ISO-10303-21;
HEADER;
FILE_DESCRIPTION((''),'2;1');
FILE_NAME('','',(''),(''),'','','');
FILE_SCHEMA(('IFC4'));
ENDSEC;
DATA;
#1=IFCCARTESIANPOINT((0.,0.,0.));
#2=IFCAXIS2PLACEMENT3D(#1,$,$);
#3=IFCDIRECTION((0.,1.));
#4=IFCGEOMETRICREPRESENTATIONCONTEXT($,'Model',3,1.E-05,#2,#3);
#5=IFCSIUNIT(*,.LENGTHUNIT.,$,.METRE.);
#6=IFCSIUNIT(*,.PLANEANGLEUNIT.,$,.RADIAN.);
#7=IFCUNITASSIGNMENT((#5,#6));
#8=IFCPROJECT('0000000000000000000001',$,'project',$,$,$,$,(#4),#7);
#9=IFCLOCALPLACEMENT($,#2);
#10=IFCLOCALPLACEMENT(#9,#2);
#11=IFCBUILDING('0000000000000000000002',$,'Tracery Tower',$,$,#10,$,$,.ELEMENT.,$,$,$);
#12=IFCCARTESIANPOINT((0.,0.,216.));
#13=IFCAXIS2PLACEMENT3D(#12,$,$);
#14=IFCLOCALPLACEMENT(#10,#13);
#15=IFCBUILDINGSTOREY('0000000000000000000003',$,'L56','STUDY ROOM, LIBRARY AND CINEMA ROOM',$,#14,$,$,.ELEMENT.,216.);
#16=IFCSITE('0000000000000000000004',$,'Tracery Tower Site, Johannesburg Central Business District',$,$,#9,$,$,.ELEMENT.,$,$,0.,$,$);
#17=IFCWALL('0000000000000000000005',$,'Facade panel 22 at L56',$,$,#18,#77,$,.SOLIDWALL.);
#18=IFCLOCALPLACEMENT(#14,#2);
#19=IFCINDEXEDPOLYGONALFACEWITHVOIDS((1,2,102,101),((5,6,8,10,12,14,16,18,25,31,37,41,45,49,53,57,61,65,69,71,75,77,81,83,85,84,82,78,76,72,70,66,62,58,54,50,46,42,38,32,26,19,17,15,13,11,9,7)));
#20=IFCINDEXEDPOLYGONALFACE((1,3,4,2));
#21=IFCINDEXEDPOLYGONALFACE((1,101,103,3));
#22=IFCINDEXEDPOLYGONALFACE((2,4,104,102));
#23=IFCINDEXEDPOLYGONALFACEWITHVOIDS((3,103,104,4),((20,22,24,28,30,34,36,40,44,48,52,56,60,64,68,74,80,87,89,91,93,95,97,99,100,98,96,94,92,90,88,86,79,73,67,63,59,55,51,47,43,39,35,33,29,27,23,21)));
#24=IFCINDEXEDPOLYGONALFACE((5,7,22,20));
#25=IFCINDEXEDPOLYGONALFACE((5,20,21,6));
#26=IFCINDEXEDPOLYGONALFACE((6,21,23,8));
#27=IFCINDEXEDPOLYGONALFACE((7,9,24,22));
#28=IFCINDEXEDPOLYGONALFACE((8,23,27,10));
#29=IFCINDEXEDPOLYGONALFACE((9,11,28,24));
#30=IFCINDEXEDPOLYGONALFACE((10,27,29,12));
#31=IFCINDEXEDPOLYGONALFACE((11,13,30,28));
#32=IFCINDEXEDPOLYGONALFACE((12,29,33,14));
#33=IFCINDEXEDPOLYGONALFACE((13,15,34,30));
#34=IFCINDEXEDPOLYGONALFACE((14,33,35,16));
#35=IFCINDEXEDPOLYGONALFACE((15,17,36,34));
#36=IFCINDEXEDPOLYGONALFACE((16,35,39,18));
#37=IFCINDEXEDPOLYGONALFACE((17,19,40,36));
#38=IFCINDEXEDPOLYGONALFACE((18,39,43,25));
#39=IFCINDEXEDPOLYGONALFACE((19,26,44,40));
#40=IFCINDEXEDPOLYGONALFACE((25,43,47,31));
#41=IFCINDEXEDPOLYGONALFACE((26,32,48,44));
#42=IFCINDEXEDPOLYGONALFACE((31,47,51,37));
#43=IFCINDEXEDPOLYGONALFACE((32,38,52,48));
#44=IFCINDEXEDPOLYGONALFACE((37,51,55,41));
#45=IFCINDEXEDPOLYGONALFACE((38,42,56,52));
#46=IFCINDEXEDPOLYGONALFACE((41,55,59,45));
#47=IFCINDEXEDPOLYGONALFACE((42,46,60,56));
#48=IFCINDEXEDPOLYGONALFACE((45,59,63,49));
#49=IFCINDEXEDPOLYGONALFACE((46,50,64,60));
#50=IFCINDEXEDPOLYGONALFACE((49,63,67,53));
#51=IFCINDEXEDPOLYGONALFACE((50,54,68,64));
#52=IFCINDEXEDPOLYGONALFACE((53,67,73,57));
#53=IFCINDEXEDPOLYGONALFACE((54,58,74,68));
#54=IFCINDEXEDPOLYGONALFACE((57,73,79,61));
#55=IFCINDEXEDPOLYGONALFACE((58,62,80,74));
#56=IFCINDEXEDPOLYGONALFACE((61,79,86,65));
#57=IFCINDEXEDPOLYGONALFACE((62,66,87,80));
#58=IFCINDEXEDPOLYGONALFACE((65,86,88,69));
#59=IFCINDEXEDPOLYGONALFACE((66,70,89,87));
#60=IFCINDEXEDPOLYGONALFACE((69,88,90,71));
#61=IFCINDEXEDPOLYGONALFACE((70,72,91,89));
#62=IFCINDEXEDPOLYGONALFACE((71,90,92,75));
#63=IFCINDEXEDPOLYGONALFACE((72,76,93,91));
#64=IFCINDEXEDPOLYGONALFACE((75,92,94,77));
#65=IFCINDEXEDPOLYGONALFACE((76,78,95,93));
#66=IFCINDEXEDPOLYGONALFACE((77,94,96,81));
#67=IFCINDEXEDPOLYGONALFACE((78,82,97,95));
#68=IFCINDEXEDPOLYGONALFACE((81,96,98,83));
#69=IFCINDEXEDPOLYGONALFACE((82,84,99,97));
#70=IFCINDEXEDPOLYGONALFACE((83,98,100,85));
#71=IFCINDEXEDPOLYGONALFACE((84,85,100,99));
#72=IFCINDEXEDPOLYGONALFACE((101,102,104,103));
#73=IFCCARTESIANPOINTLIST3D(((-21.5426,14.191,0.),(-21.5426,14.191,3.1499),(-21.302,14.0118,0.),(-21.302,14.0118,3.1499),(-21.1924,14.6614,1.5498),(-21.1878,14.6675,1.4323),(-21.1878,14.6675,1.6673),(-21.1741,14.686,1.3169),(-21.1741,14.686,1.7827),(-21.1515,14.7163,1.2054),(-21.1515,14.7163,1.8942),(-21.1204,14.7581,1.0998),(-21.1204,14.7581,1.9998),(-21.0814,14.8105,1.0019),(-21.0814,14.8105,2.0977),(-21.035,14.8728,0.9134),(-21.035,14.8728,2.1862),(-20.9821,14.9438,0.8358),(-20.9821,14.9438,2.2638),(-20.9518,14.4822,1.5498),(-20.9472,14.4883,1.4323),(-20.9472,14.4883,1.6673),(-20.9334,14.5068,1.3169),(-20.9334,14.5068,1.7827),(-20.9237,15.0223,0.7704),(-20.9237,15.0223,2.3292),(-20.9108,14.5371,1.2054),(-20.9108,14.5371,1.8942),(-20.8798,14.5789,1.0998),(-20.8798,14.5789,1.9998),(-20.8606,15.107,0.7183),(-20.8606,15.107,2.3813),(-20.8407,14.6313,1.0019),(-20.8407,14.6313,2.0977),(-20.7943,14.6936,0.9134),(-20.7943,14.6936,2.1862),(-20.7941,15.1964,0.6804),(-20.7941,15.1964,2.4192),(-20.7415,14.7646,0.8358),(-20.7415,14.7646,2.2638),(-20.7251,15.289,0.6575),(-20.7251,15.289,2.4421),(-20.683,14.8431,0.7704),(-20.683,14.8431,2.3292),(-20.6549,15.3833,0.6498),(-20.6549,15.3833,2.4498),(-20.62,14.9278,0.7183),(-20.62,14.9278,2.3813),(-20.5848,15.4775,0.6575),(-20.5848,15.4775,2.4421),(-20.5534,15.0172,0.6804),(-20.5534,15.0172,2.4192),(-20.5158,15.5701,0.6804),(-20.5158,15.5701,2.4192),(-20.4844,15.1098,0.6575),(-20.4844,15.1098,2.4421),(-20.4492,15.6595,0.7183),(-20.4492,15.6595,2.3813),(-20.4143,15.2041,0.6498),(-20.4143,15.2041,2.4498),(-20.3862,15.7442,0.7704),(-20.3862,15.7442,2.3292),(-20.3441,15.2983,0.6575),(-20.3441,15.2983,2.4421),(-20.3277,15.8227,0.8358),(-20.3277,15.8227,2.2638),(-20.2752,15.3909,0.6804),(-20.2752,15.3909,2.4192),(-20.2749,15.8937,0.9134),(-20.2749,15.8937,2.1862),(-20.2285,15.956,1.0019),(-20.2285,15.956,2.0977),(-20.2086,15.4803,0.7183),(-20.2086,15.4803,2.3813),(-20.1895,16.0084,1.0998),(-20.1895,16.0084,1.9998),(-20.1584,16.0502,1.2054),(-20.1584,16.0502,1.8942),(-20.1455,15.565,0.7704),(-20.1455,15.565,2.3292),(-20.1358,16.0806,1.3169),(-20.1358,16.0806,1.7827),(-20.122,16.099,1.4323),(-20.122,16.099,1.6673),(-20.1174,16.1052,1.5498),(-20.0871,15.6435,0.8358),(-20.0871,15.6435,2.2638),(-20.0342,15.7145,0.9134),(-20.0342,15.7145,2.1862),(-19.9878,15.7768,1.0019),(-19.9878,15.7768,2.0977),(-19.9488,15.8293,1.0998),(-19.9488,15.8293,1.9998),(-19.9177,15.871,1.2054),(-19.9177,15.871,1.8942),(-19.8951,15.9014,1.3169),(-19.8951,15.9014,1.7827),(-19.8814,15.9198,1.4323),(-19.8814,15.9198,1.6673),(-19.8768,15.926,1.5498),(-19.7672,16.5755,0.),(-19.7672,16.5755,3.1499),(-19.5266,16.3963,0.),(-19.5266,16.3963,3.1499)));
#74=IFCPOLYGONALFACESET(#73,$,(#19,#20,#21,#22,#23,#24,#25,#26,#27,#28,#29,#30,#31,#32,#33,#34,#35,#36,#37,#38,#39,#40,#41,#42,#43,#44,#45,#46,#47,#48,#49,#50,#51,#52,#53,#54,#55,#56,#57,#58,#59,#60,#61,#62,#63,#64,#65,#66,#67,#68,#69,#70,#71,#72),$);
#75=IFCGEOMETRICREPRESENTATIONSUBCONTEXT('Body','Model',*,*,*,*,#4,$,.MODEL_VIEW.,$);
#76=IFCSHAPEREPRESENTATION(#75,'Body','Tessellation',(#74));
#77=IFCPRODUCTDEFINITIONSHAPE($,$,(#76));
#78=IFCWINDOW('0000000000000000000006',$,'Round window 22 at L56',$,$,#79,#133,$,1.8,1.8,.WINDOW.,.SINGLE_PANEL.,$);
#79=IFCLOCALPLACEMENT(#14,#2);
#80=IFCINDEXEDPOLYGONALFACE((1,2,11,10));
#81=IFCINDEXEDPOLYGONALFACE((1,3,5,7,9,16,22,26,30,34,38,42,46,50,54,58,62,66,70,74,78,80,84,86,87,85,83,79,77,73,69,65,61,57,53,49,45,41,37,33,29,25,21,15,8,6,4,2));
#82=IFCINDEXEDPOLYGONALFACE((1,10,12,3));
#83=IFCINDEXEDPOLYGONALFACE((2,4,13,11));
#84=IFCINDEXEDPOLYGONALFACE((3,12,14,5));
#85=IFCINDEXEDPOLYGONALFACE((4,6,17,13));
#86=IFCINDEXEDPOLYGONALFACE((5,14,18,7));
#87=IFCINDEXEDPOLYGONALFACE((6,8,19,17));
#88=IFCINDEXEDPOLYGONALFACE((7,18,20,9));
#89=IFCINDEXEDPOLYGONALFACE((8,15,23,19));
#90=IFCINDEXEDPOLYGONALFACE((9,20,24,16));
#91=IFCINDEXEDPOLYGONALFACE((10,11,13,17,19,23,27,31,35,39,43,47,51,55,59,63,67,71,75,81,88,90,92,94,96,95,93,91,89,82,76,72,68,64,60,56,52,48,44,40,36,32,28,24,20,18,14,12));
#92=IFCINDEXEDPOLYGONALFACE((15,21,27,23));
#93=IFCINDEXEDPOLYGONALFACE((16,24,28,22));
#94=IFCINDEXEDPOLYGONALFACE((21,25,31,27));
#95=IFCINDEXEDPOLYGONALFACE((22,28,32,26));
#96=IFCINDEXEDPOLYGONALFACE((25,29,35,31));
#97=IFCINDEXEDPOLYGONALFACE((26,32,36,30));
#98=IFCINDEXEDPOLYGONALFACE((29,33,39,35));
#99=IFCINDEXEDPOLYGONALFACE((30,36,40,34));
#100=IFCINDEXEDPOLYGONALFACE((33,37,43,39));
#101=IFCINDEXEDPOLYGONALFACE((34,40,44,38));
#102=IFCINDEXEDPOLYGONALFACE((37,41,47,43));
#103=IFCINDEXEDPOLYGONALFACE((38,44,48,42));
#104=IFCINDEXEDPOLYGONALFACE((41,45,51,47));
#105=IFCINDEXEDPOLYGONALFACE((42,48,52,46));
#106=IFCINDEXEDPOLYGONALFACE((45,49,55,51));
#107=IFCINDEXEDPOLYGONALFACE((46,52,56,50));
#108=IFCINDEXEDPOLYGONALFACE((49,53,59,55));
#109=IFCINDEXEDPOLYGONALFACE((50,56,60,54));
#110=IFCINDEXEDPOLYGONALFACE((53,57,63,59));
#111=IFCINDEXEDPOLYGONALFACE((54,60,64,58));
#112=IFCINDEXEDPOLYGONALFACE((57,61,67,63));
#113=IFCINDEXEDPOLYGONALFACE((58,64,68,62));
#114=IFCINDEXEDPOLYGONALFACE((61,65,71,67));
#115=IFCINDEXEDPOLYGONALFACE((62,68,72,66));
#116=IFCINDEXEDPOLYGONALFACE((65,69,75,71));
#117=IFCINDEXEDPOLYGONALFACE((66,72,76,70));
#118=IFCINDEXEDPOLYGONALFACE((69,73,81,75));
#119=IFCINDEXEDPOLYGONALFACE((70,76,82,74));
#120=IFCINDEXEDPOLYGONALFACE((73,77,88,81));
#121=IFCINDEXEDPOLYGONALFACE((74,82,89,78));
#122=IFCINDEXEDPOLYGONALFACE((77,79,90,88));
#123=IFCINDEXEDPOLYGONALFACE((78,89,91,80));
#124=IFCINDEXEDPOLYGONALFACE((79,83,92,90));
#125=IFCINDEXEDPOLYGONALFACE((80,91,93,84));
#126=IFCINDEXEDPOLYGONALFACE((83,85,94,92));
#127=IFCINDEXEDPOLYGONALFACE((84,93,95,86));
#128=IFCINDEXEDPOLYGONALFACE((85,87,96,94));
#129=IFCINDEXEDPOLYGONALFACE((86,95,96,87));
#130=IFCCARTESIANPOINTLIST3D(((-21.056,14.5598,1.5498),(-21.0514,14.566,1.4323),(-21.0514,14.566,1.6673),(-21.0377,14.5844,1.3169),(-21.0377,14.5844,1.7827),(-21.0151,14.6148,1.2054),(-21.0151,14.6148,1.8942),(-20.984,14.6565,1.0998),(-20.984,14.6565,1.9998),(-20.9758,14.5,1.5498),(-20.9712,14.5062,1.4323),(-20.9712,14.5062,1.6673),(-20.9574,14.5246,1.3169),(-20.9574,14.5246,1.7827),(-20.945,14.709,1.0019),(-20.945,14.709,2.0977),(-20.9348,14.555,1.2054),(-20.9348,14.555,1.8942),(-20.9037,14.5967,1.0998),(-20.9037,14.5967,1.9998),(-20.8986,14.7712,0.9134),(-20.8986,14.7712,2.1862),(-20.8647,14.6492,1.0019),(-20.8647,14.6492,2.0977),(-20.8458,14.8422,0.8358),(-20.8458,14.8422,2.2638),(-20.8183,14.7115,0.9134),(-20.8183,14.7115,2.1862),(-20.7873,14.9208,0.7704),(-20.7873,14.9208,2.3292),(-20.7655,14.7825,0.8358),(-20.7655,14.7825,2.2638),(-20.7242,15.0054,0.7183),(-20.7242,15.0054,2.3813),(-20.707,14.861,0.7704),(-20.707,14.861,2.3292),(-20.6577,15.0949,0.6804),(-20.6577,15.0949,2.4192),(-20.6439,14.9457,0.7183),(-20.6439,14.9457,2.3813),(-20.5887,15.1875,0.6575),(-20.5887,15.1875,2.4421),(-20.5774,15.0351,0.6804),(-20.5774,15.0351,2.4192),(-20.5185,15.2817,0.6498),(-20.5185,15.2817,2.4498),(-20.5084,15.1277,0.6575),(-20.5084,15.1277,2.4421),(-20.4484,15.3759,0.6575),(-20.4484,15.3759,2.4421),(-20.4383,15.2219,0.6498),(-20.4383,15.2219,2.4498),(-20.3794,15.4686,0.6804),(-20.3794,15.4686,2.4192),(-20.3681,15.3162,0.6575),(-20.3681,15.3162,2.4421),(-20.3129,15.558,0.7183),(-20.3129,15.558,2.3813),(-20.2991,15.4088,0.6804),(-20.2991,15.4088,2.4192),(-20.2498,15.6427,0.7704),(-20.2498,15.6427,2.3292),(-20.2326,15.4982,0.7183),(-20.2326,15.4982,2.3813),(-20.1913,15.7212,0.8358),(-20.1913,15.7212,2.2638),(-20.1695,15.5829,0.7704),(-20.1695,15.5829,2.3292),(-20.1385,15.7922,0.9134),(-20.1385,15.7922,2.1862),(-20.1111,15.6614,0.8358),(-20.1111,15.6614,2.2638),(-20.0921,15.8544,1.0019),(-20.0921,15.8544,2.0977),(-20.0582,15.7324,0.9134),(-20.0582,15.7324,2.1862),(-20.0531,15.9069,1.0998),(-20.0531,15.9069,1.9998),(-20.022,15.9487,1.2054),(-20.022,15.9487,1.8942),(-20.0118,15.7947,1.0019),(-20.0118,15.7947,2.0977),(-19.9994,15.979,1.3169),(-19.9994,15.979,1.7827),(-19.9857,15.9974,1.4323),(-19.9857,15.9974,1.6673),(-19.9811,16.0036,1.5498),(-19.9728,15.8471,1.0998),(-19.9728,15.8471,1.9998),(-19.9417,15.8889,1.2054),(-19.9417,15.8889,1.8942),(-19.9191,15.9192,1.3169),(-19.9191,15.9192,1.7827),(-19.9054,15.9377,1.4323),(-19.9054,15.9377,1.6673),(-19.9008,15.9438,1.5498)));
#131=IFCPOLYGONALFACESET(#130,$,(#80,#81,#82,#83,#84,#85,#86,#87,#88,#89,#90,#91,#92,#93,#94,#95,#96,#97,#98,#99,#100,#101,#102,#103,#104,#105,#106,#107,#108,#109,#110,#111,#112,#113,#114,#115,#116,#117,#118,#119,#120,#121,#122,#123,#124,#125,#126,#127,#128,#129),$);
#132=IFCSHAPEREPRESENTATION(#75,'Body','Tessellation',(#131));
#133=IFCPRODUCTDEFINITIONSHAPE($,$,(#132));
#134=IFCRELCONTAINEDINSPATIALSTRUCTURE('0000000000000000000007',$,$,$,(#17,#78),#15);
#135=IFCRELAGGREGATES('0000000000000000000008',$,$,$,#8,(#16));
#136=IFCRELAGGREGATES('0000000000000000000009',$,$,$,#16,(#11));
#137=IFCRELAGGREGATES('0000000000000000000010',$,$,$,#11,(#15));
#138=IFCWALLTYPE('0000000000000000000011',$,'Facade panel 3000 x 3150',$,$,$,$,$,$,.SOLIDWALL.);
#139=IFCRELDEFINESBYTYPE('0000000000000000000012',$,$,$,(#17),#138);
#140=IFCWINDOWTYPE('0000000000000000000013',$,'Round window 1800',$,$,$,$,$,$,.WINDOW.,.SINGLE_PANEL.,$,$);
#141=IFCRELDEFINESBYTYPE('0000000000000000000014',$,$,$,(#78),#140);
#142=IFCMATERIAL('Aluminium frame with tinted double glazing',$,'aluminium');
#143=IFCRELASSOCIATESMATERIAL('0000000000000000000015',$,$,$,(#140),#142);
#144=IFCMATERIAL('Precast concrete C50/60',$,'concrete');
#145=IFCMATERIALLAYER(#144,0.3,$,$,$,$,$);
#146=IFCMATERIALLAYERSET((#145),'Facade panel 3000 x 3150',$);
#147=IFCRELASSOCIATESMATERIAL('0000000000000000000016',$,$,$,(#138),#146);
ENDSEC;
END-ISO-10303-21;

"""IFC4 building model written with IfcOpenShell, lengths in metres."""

from ifc_helpers import new_model, si_unit, direction, frame, frame_2d, origin, origin_2d, place, context, subcontext, project, spatial, rectangle, circle, extrude, material, layer, layer_set, type_object, element, fill, save


model = new_model("IFC4")

# Units and contexts
model_context = context("Model", 3, precision=1e-05, world=origin(), true_north=direction((0.0, 1.0)))
body_context = subcontext(model_context, "Body", "Model", "MODEL_VIEW")
ifc_project = project(units=[si_unit("LENGTHUNIT", "METRE"), si_unit("PLANEANGLEUNIT", "RADIAN")], contexts=[model_context])

# Site, building, storey
site_placement = place(None, origin())
site = spatial("IfcSite", under=ifc_project, at=site_placement, Name="Tracery Tower Site, Johannesburg Central Business District", CompositionType="ELEMENT", RefElevation=0.0)
building_placement = place(site_placement, origin())
building = spatial("IfcBuilding", under=site, at=building_placement, Name="Tracery Tower", CompositionType="ELEMENT")
storey_placement = place(building_placement, frame((0.0, 0.0, 216.0)))
storey = spatial("IfcBuildingStorey", under=building, at=storey_placement, Name="L56", Description="STUDY ROOM, LIBRARY AND CINEMA ROOM", CompositionType="ELEMENT", Elevation=216.0)

# Wall, opening, window
ifc_material_1 = material(Name="Aluminium frame with tinted double glazing", Category="aluminium")
window_type = type_object("IfcWindowType", Name="Round window 1800", PartitioningType="SINGLE_PANEL", PredefinedType="WINDOW", material=ifc_material_1)
ifc_material_2 = material(Name="Precast concrete C50/60", Category="concrete")
ifc_layer_1 = layer(ifc_material_2, 0.3)
ifc_layer_set_1 = layer_set([ifc_layer_1], Name="Facade panel 3000 x 3150")
wall_type_1 = type_object("IfcWallType", Name="Facade panel 3000 x 3150", PredefinedType="SOLIDWALL", material=ifc_layer_set_1)
wall_1_placement = place(storey_placement, frame((-19.647, 16.4858, 0.0), z_axis=(0.0, 0.0, 1.0), x_axis=(-0.597198, -0.802094, 0.0)))
wall_1 = element("IfcWall", 1, at=wall_1_placement, inside=storey, type_object=wall_type_1, Name="Facade panel 22 at L56", PredefinedType="SOLIDWALL", context=body_context, shape_type="SweptSolid", body=[
    extrude(rectangle(XDim=2.9729, YDim=0.3, at=frame_2d((1.4863, 0.0))), origin(), (0.0, 0.0, 1.0), 3.1499),
])
opening_1_placement = place(wall_1_placement, frame((1.4863, 0.0, 1.5498)))
opening_1 = element("IfcOpeningElement", 2, at=opening_1_placement, cuts=wall_1, PredefinedType="OPENING", context=body_context, shape_type="SweptSolid", body=[
    extrude(circle(Radius=0.9, at=origin_2d()), frame((0.0, 0.1599, 0.0), z_axis=(0.0, -1.0, 0.0), x_axis=(1.0, 0.0, 0.0)), (0.0, 0.0, 1.0), 0.3201),
])
window_1_placement = place(opening_1_placement, origin())
window_1 = element("IfcWindow", 3, at=window_1_placement, inside=storey, type_object=window_type, Name="Round window 22 at L56", OverallHeight=1.8, OverallWidth=1.8, PartitioningType="SINGLE_PANEL", PredefinedType="WINDOW", context=body_context, shape_type="SweptSolid", body=[
    extrude(circle(Radius=0.9, at=origin_2d()), frame((0.0, 0.1201, 0.0), z_axis=(0.0, -1.0, 0.0), x_axis=(1.0, 0.0, 0.0)), (0.0, 0.0, 1.0), 0.1001),
])
fill(opening_1, window_1)

save(model, "model.ifc")
